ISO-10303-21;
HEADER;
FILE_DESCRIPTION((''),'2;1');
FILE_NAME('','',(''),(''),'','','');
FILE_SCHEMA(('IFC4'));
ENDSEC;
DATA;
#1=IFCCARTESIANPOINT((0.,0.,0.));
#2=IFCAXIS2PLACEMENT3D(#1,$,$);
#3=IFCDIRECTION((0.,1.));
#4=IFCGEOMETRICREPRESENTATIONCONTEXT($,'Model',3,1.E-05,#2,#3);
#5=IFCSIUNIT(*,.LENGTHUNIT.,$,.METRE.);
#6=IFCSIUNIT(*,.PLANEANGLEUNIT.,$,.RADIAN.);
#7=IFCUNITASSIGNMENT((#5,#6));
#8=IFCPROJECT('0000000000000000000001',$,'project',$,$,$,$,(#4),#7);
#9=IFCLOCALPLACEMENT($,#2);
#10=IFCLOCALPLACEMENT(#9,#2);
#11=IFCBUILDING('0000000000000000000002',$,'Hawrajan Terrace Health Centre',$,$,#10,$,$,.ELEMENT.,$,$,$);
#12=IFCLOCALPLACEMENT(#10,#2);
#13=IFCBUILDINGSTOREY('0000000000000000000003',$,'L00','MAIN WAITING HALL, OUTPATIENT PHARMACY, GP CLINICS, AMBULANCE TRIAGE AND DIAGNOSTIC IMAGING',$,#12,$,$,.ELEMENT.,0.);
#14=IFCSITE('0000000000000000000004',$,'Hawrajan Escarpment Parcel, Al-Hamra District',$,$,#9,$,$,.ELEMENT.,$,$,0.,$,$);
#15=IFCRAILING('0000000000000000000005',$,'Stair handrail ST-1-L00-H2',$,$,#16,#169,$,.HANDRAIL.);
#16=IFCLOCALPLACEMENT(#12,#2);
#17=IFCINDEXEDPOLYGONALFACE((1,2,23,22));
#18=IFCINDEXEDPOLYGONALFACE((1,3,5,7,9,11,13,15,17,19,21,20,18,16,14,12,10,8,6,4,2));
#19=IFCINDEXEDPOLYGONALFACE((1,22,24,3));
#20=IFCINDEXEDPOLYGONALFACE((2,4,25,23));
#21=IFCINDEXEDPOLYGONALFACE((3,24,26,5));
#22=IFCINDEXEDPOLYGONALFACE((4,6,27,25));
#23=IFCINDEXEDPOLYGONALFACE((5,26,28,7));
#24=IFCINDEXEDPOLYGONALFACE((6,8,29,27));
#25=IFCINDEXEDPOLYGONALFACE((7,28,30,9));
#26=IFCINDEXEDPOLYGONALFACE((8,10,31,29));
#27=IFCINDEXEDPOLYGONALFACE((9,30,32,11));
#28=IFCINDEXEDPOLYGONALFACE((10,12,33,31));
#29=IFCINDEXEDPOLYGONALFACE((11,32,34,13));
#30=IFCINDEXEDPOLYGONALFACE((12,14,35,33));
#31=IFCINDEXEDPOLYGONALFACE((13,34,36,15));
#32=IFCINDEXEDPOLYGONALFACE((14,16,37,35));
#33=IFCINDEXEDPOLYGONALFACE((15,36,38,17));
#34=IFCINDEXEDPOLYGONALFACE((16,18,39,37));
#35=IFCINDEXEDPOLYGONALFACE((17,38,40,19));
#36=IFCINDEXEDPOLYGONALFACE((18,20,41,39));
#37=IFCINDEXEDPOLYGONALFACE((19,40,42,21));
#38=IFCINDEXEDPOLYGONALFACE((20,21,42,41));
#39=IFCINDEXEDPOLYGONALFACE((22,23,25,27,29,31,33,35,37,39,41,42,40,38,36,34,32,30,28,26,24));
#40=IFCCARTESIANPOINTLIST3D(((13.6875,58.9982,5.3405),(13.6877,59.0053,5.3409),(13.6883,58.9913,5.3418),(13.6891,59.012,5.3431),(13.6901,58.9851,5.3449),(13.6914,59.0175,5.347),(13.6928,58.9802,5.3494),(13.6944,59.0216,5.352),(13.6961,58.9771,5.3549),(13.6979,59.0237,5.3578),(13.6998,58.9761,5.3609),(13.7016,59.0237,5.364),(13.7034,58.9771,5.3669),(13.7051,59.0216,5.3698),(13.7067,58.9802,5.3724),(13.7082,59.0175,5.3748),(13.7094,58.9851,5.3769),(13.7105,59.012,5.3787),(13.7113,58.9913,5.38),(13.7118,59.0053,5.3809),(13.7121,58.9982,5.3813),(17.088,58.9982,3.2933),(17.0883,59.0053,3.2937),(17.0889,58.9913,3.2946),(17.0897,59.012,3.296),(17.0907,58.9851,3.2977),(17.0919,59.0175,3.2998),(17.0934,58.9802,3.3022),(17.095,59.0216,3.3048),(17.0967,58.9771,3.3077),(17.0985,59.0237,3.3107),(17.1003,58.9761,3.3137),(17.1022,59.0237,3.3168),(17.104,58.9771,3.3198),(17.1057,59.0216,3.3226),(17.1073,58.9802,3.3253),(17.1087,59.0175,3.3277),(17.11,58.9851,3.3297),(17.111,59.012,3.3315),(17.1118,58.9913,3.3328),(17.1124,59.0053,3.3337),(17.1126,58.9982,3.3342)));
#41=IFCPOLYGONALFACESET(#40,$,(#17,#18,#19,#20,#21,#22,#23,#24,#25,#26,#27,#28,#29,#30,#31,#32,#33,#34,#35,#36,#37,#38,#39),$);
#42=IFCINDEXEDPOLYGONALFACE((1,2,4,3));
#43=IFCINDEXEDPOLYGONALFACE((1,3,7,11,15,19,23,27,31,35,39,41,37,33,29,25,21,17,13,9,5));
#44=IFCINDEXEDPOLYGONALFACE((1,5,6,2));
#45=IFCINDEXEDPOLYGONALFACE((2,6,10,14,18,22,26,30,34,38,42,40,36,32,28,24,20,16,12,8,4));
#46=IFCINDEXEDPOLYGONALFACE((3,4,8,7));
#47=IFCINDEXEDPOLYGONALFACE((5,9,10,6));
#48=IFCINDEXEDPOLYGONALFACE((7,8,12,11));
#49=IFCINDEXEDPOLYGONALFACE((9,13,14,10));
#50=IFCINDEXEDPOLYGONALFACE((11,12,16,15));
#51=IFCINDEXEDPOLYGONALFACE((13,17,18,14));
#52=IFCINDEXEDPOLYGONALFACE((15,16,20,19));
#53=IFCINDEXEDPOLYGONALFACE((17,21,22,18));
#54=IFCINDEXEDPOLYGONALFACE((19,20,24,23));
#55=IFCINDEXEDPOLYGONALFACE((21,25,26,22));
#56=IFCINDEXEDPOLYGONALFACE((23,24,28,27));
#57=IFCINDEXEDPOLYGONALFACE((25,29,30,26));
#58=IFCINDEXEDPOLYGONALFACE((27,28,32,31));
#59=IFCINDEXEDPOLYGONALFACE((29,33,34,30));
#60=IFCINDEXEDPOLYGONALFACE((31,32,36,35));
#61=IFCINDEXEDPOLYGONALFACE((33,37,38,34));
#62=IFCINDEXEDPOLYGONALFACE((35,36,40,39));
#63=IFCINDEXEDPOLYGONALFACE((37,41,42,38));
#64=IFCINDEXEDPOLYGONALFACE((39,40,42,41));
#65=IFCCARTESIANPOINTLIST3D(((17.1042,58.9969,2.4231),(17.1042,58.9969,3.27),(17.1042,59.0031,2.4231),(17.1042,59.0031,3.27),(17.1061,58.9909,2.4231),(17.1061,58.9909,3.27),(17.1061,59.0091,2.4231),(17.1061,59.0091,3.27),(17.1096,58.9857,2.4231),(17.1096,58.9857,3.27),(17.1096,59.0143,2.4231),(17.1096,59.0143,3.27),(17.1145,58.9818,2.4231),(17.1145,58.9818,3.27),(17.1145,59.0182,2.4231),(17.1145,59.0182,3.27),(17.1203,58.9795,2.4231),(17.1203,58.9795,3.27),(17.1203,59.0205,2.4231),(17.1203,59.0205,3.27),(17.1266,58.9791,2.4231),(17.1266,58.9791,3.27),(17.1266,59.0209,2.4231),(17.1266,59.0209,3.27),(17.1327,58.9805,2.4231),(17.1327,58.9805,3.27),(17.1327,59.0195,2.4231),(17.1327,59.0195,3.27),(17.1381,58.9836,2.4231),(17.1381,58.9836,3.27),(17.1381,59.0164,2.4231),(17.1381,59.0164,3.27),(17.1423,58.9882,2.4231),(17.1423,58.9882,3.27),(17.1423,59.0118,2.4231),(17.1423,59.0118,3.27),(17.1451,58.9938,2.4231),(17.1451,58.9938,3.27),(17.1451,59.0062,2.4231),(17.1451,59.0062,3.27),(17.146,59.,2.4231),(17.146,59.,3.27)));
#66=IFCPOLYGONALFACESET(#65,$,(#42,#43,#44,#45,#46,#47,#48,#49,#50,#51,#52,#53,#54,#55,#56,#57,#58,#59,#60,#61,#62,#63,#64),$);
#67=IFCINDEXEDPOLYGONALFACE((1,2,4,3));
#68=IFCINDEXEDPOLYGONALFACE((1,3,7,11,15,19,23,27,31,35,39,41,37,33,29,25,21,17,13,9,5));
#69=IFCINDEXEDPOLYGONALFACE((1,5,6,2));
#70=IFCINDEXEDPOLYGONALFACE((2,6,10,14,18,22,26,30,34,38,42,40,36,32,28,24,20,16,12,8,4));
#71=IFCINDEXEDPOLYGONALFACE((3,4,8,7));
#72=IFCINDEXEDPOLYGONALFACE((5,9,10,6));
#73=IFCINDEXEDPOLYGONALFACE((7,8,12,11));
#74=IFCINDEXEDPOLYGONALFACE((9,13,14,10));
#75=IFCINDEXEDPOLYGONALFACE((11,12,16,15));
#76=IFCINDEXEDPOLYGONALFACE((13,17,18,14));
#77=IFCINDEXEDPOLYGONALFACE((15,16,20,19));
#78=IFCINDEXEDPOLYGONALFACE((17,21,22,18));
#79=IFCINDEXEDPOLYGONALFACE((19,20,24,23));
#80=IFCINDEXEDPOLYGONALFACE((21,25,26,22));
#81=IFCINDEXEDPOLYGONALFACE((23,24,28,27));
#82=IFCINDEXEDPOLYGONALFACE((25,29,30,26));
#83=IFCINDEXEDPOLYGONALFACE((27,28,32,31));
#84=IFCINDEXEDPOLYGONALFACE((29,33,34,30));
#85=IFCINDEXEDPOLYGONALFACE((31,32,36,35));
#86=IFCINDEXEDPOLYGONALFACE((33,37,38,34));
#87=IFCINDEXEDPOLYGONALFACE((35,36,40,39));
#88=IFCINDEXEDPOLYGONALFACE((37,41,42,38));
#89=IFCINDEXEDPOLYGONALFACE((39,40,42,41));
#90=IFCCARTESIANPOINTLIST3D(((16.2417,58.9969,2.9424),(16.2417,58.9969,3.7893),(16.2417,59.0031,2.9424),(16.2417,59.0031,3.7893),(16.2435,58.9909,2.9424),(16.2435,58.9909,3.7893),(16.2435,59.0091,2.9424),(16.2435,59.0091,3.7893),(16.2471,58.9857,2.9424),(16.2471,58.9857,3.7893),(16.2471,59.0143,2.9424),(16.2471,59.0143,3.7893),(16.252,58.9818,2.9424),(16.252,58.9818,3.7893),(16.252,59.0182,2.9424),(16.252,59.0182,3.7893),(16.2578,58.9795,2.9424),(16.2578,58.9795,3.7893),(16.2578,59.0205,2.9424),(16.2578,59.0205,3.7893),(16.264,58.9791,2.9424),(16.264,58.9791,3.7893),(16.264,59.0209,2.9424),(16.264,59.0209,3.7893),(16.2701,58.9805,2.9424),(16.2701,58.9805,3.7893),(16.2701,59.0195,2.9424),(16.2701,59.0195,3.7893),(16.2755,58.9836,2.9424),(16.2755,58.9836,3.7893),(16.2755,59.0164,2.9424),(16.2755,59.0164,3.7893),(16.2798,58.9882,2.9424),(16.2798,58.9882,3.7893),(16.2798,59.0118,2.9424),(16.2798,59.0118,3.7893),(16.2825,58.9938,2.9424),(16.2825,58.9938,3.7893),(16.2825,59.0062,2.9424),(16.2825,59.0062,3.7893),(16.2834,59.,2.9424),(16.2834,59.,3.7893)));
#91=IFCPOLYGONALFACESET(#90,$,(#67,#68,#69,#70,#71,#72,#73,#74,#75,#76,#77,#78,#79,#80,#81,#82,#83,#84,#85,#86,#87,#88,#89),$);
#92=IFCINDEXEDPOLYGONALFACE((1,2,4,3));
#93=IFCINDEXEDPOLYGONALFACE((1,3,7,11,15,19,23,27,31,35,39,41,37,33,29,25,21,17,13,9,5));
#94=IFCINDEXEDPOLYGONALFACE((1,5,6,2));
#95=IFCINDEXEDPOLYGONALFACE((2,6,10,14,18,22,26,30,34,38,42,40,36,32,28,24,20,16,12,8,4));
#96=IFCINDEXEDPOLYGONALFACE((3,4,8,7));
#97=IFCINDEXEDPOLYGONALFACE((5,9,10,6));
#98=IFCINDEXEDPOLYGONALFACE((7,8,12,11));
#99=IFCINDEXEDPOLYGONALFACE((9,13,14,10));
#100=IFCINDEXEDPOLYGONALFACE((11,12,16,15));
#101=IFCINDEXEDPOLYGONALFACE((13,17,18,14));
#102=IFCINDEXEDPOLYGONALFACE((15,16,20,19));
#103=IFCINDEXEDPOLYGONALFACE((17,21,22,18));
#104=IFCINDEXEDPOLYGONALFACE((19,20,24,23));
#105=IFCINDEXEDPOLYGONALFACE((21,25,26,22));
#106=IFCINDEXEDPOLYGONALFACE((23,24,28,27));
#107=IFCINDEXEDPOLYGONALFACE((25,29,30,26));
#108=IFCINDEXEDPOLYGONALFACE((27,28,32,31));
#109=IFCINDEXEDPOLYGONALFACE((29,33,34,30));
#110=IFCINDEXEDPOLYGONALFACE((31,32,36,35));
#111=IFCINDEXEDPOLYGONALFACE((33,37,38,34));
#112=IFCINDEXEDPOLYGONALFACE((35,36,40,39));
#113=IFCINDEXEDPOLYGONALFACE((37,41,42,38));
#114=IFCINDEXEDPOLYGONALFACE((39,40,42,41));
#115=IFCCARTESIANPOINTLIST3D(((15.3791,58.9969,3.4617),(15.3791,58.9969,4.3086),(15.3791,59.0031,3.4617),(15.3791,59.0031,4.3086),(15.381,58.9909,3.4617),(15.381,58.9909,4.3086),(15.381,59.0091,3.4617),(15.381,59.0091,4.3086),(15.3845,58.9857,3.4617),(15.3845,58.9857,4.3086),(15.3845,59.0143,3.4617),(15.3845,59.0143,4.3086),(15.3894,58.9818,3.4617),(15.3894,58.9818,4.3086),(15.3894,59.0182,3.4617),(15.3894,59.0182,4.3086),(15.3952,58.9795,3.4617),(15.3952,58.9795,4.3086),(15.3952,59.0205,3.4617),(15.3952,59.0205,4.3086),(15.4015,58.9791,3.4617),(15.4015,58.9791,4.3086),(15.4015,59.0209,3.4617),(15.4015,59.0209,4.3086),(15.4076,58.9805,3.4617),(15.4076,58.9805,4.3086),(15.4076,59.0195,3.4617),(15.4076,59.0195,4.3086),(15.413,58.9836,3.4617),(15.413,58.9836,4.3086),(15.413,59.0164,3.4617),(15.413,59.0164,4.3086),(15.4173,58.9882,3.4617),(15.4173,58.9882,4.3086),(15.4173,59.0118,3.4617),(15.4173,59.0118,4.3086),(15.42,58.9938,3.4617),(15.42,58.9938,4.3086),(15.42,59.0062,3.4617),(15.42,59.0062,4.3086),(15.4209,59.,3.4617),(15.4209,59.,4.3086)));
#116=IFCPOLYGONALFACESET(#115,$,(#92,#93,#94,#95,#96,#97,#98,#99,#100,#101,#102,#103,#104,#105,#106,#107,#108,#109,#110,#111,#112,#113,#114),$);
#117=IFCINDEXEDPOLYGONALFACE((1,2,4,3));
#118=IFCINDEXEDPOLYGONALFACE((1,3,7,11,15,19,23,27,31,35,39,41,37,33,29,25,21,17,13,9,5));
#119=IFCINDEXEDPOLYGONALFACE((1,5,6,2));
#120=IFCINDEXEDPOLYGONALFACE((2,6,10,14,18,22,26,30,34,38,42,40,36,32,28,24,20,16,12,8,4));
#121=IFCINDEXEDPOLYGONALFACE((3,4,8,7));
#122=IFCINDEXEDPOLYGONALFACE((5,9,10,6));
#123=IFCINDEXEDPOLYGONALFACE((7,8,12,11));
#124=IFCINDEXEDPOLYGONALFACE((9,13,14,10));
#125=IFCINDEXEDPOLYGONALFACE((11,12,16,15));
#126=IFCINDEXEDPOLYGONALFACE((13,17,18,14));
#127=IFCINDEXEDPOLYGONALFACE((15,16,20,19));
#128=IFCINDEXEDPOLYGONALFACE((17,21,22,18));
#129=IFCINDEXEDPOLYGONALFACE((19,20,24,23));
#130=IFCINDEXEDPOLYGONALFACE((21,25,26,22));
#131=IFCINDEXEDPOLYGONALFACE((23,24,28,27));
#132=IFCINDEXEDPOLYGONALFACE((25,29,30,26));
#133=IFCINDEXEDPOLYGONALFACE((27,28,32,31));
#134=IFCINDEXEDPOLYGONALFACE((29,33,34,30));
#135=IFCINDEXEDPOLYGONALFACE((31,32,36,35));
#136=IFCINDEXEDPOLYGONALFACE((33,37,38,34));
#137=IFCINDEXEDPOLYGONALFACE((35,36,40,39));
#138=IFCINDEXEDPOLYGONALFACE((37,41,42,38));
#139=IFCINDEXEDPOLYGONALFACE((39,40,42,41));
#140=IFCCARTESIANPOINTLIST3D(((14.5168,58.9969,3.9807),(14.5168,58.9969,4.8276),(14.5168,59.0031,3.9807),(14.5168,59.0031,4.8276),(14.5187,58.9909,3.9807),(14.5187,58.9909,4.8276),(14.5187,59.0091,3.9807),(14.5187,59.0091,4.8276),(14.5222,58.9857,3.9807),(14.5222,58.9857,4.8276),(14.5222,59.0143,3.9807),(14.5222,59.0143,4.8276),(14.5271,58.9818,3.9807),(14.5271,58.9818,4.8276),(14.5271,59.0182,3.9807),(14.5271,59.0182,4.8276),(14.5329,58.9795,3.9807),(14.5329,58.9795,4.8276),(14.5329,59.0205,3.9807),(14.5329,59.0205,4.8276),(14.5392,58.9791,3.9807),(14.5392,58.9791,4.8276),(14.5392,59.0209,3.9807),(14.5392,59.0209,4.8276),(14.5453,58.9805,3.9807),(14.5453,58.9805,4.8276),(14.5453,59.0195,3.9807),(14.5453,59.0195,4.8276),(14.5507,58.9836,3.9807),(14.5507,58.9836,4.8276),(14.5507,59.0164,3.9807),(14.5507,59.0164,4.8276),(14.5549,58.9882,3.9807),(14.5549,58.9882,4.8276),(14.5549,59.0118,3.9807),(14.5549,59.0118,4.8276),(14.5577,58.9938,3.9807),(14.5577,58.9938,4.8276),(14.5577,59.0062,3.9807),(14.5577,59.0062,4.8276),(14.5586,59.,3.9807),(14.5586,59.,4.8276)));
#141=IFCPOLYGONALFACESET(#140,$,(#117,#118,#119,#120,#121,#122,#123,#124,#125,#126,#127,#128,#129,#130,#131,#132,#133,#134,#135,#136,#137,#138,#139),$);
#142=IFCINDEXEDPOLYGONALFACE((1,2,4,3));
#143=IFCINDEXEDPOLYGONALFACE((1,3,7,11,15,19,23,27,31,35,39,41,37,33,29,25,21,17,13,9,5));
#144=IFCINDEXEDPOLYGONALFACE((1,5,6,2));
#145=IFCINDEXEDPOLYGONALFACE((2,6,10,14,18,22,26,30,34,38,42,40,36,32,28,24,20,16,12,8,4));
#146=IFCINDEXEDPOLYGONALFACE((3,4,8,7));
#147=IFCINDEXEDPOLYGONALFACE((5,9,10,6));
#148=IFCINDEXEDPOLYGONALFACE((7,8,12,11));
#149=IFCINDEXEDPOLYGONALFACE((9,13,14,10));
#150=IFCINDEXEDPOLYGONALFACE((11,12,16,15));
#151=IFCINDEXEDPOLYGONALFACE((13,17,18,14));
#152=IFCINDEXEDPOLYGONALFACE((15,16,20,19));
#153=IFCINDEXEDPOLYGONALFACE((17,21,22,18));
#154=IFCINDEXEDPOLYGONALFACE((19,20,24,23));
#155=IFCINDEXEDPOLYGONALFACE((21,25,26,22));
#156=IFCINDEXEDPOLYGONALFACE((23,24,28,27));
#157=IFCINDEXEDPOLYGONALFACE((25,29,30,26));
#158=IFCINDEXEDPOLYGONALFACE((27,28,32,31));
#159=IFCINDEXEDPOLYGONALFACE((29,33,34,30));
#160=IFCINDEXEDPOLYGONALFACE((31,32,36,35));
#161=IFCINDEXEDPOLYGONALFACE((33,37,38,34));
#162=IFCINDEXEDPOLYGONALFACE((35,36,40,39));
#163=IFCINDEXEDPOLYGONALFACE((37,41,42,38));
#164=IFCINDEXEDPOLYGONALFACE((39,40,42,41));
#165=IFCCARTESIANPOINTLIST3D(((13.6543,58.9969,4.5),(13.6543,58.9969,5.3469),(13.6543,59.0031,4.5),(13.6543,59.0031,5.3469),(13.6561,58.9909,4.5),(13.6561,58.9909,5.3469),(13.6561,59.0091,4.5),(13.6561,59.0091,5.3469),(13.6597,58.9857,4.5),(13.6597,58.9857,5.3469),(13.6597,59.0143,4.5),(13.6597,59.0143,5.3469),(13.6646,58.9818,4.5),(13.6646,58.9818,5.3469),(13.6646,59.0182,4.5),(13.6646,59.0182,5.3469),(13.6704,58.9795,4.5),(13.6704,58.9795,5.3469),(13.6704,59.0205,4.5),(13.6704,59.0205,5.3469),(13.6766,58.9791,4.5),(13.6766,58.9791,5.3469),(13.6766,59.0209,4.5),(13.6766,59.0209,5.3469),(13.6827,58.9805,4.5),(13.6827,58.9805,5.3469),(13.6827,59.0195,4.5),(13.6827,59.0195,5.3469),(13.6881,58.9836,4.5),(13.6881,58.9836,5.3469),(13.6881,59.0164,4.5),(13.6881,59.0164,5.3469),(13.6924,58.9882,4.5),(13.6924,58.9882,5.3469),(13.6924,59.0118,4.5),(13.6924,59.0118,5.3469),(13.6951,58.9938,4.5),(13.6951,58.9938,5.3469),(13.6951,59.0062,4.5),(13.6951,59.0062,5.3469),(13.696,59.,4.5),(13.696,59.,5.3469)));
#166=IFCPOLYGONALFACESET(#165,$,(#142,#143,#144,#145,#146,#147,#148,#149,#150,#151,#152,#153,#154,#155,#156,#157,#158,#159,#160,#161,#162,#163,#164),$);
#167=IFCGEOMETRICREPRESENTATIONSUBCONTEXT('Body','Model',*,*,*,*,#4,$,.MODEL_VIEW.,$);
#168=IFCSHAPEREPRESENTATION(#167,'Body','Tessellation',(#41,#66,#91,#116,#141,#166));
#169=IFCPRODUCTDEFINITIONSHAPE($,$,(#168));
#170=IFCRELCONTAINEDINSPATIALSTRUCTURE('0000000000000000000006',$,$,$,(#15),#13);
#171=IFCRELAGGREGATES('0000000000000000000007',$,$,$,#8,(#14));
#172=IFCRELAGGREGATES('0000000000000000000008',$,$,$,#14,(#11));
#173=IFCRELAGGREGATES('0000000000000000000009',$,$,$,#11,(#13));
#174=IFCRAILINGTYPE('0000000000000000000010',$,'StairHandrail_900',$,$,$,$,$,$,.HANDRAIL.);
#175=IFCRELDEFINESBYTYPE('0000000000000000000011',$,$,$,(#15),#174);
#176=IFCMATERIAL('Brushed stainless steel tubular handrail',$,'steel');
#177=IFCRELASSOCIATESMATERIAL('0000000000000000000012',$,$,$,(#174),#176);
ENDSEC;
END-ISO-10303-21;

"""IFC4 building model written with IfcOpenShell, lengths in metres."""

from ifc_helpers import new_model, si_unit, direction, frame, origin, origin_2d, place, context, subcontext, project, spatial, circle, extrude, material, type_object, element, save


model = new_model("IFC4")

# Units and contexts
model_context = context("Model", 3, precision=1e-05, world=origin(), true_north=direction((0.0, 1.0)))
body_context = subcontext(model_context, "Body", "Model", "MODEL_VIEW")
ifc_project = project(units=[si_unit("LENGTHUNIT", "METRE"), si_unit("PLANEANGLEUNIT", "RADIAN")], contexts=[model_context])

# Site, building, storey
site_placement = place(None, origin())
site = spatial("IfcSite", under=ifc_project, at=site_placement, Name="Hawrajan Escarpment Parcel, Al-Hamra District", CompositionType="ELEMENT", RefElevation=0.0)
building_placement = place(site_placement, origin())
building = spatial("IfcBuilding", under=site, at=building_placement, Name="Hawrajan Terrace Health Centre", CompositionType="ELEMENT")
storey_placement = place(building_placement, origin())
storey = spatial("IfcBuildingStorey", under=building, at=storey_placement, Name="L00", Description="MAIN WAITING HALL, OUTPATIENT PHARMACY, GP CLINICS, AMBULANCE TRIAGE AND DIAGNOSTIC IMAGING", CompositionType="ELEMENT", Elevation=0.0)

# Railing
ifc_material_1 = material(Name="Brushed stainless steel tubular handrail", Category="steel")
railing_type = type_object("IfcRailingType", Name="StairHandrail_900", PredefinedType="HANDRAIL", material=ifc_material_1)
railing_placement = place(storey_placement, frame((17.125, 59.0, 2.4231)))
element("IfcRailing", 1, at=railing_placement, inside=storey, type_object=railing_type, Name="Stair handrail ST-1-L00-H2", PredefinedType="HANDRAIL", context=body_context, shape_type="SweptSolid", body=[
    extrude(circle(Radius=0.0239, at=origin_2d()), frame((-0.0247, 0.0, 0.8906), z_axis=(-0.856732, 0.0, 0.515761), x_axis=(0.0, -1.0, 0.0)), (0.0, 0.0, 1.0), 3.9692),
    extrude(circle(Radius=0.021, at=origin_2d()), origin(), (0.0, 0.0, 1.0), 0.8469),
    extrude(circle(Radius=0.021, at=origin_2d()), frame((-0.8625, 0.0, 0.5193)), (0.0, 0.0, 1.0), 0.8469),
    extrude(circle(Radius=0.021, at=origin_2d()), frame((-1.7251, 0.0, 1.0386)), (0.0, 0.0, 1.0), 0.8469),
    extrude(circle(Radius=0.021, at=origin_2d()), frame((-2.5874, 0.0, 1.5576)), (0.0, 0.0, 1.0), 0.8469),
    extrude(circle(Radius=0.021, at=origin_2d()), frame((-3.45, 0.0, 2.0769)), (0.0, 0.0, 1.0), 0.8469),
])

save(model, "model.ifc")
